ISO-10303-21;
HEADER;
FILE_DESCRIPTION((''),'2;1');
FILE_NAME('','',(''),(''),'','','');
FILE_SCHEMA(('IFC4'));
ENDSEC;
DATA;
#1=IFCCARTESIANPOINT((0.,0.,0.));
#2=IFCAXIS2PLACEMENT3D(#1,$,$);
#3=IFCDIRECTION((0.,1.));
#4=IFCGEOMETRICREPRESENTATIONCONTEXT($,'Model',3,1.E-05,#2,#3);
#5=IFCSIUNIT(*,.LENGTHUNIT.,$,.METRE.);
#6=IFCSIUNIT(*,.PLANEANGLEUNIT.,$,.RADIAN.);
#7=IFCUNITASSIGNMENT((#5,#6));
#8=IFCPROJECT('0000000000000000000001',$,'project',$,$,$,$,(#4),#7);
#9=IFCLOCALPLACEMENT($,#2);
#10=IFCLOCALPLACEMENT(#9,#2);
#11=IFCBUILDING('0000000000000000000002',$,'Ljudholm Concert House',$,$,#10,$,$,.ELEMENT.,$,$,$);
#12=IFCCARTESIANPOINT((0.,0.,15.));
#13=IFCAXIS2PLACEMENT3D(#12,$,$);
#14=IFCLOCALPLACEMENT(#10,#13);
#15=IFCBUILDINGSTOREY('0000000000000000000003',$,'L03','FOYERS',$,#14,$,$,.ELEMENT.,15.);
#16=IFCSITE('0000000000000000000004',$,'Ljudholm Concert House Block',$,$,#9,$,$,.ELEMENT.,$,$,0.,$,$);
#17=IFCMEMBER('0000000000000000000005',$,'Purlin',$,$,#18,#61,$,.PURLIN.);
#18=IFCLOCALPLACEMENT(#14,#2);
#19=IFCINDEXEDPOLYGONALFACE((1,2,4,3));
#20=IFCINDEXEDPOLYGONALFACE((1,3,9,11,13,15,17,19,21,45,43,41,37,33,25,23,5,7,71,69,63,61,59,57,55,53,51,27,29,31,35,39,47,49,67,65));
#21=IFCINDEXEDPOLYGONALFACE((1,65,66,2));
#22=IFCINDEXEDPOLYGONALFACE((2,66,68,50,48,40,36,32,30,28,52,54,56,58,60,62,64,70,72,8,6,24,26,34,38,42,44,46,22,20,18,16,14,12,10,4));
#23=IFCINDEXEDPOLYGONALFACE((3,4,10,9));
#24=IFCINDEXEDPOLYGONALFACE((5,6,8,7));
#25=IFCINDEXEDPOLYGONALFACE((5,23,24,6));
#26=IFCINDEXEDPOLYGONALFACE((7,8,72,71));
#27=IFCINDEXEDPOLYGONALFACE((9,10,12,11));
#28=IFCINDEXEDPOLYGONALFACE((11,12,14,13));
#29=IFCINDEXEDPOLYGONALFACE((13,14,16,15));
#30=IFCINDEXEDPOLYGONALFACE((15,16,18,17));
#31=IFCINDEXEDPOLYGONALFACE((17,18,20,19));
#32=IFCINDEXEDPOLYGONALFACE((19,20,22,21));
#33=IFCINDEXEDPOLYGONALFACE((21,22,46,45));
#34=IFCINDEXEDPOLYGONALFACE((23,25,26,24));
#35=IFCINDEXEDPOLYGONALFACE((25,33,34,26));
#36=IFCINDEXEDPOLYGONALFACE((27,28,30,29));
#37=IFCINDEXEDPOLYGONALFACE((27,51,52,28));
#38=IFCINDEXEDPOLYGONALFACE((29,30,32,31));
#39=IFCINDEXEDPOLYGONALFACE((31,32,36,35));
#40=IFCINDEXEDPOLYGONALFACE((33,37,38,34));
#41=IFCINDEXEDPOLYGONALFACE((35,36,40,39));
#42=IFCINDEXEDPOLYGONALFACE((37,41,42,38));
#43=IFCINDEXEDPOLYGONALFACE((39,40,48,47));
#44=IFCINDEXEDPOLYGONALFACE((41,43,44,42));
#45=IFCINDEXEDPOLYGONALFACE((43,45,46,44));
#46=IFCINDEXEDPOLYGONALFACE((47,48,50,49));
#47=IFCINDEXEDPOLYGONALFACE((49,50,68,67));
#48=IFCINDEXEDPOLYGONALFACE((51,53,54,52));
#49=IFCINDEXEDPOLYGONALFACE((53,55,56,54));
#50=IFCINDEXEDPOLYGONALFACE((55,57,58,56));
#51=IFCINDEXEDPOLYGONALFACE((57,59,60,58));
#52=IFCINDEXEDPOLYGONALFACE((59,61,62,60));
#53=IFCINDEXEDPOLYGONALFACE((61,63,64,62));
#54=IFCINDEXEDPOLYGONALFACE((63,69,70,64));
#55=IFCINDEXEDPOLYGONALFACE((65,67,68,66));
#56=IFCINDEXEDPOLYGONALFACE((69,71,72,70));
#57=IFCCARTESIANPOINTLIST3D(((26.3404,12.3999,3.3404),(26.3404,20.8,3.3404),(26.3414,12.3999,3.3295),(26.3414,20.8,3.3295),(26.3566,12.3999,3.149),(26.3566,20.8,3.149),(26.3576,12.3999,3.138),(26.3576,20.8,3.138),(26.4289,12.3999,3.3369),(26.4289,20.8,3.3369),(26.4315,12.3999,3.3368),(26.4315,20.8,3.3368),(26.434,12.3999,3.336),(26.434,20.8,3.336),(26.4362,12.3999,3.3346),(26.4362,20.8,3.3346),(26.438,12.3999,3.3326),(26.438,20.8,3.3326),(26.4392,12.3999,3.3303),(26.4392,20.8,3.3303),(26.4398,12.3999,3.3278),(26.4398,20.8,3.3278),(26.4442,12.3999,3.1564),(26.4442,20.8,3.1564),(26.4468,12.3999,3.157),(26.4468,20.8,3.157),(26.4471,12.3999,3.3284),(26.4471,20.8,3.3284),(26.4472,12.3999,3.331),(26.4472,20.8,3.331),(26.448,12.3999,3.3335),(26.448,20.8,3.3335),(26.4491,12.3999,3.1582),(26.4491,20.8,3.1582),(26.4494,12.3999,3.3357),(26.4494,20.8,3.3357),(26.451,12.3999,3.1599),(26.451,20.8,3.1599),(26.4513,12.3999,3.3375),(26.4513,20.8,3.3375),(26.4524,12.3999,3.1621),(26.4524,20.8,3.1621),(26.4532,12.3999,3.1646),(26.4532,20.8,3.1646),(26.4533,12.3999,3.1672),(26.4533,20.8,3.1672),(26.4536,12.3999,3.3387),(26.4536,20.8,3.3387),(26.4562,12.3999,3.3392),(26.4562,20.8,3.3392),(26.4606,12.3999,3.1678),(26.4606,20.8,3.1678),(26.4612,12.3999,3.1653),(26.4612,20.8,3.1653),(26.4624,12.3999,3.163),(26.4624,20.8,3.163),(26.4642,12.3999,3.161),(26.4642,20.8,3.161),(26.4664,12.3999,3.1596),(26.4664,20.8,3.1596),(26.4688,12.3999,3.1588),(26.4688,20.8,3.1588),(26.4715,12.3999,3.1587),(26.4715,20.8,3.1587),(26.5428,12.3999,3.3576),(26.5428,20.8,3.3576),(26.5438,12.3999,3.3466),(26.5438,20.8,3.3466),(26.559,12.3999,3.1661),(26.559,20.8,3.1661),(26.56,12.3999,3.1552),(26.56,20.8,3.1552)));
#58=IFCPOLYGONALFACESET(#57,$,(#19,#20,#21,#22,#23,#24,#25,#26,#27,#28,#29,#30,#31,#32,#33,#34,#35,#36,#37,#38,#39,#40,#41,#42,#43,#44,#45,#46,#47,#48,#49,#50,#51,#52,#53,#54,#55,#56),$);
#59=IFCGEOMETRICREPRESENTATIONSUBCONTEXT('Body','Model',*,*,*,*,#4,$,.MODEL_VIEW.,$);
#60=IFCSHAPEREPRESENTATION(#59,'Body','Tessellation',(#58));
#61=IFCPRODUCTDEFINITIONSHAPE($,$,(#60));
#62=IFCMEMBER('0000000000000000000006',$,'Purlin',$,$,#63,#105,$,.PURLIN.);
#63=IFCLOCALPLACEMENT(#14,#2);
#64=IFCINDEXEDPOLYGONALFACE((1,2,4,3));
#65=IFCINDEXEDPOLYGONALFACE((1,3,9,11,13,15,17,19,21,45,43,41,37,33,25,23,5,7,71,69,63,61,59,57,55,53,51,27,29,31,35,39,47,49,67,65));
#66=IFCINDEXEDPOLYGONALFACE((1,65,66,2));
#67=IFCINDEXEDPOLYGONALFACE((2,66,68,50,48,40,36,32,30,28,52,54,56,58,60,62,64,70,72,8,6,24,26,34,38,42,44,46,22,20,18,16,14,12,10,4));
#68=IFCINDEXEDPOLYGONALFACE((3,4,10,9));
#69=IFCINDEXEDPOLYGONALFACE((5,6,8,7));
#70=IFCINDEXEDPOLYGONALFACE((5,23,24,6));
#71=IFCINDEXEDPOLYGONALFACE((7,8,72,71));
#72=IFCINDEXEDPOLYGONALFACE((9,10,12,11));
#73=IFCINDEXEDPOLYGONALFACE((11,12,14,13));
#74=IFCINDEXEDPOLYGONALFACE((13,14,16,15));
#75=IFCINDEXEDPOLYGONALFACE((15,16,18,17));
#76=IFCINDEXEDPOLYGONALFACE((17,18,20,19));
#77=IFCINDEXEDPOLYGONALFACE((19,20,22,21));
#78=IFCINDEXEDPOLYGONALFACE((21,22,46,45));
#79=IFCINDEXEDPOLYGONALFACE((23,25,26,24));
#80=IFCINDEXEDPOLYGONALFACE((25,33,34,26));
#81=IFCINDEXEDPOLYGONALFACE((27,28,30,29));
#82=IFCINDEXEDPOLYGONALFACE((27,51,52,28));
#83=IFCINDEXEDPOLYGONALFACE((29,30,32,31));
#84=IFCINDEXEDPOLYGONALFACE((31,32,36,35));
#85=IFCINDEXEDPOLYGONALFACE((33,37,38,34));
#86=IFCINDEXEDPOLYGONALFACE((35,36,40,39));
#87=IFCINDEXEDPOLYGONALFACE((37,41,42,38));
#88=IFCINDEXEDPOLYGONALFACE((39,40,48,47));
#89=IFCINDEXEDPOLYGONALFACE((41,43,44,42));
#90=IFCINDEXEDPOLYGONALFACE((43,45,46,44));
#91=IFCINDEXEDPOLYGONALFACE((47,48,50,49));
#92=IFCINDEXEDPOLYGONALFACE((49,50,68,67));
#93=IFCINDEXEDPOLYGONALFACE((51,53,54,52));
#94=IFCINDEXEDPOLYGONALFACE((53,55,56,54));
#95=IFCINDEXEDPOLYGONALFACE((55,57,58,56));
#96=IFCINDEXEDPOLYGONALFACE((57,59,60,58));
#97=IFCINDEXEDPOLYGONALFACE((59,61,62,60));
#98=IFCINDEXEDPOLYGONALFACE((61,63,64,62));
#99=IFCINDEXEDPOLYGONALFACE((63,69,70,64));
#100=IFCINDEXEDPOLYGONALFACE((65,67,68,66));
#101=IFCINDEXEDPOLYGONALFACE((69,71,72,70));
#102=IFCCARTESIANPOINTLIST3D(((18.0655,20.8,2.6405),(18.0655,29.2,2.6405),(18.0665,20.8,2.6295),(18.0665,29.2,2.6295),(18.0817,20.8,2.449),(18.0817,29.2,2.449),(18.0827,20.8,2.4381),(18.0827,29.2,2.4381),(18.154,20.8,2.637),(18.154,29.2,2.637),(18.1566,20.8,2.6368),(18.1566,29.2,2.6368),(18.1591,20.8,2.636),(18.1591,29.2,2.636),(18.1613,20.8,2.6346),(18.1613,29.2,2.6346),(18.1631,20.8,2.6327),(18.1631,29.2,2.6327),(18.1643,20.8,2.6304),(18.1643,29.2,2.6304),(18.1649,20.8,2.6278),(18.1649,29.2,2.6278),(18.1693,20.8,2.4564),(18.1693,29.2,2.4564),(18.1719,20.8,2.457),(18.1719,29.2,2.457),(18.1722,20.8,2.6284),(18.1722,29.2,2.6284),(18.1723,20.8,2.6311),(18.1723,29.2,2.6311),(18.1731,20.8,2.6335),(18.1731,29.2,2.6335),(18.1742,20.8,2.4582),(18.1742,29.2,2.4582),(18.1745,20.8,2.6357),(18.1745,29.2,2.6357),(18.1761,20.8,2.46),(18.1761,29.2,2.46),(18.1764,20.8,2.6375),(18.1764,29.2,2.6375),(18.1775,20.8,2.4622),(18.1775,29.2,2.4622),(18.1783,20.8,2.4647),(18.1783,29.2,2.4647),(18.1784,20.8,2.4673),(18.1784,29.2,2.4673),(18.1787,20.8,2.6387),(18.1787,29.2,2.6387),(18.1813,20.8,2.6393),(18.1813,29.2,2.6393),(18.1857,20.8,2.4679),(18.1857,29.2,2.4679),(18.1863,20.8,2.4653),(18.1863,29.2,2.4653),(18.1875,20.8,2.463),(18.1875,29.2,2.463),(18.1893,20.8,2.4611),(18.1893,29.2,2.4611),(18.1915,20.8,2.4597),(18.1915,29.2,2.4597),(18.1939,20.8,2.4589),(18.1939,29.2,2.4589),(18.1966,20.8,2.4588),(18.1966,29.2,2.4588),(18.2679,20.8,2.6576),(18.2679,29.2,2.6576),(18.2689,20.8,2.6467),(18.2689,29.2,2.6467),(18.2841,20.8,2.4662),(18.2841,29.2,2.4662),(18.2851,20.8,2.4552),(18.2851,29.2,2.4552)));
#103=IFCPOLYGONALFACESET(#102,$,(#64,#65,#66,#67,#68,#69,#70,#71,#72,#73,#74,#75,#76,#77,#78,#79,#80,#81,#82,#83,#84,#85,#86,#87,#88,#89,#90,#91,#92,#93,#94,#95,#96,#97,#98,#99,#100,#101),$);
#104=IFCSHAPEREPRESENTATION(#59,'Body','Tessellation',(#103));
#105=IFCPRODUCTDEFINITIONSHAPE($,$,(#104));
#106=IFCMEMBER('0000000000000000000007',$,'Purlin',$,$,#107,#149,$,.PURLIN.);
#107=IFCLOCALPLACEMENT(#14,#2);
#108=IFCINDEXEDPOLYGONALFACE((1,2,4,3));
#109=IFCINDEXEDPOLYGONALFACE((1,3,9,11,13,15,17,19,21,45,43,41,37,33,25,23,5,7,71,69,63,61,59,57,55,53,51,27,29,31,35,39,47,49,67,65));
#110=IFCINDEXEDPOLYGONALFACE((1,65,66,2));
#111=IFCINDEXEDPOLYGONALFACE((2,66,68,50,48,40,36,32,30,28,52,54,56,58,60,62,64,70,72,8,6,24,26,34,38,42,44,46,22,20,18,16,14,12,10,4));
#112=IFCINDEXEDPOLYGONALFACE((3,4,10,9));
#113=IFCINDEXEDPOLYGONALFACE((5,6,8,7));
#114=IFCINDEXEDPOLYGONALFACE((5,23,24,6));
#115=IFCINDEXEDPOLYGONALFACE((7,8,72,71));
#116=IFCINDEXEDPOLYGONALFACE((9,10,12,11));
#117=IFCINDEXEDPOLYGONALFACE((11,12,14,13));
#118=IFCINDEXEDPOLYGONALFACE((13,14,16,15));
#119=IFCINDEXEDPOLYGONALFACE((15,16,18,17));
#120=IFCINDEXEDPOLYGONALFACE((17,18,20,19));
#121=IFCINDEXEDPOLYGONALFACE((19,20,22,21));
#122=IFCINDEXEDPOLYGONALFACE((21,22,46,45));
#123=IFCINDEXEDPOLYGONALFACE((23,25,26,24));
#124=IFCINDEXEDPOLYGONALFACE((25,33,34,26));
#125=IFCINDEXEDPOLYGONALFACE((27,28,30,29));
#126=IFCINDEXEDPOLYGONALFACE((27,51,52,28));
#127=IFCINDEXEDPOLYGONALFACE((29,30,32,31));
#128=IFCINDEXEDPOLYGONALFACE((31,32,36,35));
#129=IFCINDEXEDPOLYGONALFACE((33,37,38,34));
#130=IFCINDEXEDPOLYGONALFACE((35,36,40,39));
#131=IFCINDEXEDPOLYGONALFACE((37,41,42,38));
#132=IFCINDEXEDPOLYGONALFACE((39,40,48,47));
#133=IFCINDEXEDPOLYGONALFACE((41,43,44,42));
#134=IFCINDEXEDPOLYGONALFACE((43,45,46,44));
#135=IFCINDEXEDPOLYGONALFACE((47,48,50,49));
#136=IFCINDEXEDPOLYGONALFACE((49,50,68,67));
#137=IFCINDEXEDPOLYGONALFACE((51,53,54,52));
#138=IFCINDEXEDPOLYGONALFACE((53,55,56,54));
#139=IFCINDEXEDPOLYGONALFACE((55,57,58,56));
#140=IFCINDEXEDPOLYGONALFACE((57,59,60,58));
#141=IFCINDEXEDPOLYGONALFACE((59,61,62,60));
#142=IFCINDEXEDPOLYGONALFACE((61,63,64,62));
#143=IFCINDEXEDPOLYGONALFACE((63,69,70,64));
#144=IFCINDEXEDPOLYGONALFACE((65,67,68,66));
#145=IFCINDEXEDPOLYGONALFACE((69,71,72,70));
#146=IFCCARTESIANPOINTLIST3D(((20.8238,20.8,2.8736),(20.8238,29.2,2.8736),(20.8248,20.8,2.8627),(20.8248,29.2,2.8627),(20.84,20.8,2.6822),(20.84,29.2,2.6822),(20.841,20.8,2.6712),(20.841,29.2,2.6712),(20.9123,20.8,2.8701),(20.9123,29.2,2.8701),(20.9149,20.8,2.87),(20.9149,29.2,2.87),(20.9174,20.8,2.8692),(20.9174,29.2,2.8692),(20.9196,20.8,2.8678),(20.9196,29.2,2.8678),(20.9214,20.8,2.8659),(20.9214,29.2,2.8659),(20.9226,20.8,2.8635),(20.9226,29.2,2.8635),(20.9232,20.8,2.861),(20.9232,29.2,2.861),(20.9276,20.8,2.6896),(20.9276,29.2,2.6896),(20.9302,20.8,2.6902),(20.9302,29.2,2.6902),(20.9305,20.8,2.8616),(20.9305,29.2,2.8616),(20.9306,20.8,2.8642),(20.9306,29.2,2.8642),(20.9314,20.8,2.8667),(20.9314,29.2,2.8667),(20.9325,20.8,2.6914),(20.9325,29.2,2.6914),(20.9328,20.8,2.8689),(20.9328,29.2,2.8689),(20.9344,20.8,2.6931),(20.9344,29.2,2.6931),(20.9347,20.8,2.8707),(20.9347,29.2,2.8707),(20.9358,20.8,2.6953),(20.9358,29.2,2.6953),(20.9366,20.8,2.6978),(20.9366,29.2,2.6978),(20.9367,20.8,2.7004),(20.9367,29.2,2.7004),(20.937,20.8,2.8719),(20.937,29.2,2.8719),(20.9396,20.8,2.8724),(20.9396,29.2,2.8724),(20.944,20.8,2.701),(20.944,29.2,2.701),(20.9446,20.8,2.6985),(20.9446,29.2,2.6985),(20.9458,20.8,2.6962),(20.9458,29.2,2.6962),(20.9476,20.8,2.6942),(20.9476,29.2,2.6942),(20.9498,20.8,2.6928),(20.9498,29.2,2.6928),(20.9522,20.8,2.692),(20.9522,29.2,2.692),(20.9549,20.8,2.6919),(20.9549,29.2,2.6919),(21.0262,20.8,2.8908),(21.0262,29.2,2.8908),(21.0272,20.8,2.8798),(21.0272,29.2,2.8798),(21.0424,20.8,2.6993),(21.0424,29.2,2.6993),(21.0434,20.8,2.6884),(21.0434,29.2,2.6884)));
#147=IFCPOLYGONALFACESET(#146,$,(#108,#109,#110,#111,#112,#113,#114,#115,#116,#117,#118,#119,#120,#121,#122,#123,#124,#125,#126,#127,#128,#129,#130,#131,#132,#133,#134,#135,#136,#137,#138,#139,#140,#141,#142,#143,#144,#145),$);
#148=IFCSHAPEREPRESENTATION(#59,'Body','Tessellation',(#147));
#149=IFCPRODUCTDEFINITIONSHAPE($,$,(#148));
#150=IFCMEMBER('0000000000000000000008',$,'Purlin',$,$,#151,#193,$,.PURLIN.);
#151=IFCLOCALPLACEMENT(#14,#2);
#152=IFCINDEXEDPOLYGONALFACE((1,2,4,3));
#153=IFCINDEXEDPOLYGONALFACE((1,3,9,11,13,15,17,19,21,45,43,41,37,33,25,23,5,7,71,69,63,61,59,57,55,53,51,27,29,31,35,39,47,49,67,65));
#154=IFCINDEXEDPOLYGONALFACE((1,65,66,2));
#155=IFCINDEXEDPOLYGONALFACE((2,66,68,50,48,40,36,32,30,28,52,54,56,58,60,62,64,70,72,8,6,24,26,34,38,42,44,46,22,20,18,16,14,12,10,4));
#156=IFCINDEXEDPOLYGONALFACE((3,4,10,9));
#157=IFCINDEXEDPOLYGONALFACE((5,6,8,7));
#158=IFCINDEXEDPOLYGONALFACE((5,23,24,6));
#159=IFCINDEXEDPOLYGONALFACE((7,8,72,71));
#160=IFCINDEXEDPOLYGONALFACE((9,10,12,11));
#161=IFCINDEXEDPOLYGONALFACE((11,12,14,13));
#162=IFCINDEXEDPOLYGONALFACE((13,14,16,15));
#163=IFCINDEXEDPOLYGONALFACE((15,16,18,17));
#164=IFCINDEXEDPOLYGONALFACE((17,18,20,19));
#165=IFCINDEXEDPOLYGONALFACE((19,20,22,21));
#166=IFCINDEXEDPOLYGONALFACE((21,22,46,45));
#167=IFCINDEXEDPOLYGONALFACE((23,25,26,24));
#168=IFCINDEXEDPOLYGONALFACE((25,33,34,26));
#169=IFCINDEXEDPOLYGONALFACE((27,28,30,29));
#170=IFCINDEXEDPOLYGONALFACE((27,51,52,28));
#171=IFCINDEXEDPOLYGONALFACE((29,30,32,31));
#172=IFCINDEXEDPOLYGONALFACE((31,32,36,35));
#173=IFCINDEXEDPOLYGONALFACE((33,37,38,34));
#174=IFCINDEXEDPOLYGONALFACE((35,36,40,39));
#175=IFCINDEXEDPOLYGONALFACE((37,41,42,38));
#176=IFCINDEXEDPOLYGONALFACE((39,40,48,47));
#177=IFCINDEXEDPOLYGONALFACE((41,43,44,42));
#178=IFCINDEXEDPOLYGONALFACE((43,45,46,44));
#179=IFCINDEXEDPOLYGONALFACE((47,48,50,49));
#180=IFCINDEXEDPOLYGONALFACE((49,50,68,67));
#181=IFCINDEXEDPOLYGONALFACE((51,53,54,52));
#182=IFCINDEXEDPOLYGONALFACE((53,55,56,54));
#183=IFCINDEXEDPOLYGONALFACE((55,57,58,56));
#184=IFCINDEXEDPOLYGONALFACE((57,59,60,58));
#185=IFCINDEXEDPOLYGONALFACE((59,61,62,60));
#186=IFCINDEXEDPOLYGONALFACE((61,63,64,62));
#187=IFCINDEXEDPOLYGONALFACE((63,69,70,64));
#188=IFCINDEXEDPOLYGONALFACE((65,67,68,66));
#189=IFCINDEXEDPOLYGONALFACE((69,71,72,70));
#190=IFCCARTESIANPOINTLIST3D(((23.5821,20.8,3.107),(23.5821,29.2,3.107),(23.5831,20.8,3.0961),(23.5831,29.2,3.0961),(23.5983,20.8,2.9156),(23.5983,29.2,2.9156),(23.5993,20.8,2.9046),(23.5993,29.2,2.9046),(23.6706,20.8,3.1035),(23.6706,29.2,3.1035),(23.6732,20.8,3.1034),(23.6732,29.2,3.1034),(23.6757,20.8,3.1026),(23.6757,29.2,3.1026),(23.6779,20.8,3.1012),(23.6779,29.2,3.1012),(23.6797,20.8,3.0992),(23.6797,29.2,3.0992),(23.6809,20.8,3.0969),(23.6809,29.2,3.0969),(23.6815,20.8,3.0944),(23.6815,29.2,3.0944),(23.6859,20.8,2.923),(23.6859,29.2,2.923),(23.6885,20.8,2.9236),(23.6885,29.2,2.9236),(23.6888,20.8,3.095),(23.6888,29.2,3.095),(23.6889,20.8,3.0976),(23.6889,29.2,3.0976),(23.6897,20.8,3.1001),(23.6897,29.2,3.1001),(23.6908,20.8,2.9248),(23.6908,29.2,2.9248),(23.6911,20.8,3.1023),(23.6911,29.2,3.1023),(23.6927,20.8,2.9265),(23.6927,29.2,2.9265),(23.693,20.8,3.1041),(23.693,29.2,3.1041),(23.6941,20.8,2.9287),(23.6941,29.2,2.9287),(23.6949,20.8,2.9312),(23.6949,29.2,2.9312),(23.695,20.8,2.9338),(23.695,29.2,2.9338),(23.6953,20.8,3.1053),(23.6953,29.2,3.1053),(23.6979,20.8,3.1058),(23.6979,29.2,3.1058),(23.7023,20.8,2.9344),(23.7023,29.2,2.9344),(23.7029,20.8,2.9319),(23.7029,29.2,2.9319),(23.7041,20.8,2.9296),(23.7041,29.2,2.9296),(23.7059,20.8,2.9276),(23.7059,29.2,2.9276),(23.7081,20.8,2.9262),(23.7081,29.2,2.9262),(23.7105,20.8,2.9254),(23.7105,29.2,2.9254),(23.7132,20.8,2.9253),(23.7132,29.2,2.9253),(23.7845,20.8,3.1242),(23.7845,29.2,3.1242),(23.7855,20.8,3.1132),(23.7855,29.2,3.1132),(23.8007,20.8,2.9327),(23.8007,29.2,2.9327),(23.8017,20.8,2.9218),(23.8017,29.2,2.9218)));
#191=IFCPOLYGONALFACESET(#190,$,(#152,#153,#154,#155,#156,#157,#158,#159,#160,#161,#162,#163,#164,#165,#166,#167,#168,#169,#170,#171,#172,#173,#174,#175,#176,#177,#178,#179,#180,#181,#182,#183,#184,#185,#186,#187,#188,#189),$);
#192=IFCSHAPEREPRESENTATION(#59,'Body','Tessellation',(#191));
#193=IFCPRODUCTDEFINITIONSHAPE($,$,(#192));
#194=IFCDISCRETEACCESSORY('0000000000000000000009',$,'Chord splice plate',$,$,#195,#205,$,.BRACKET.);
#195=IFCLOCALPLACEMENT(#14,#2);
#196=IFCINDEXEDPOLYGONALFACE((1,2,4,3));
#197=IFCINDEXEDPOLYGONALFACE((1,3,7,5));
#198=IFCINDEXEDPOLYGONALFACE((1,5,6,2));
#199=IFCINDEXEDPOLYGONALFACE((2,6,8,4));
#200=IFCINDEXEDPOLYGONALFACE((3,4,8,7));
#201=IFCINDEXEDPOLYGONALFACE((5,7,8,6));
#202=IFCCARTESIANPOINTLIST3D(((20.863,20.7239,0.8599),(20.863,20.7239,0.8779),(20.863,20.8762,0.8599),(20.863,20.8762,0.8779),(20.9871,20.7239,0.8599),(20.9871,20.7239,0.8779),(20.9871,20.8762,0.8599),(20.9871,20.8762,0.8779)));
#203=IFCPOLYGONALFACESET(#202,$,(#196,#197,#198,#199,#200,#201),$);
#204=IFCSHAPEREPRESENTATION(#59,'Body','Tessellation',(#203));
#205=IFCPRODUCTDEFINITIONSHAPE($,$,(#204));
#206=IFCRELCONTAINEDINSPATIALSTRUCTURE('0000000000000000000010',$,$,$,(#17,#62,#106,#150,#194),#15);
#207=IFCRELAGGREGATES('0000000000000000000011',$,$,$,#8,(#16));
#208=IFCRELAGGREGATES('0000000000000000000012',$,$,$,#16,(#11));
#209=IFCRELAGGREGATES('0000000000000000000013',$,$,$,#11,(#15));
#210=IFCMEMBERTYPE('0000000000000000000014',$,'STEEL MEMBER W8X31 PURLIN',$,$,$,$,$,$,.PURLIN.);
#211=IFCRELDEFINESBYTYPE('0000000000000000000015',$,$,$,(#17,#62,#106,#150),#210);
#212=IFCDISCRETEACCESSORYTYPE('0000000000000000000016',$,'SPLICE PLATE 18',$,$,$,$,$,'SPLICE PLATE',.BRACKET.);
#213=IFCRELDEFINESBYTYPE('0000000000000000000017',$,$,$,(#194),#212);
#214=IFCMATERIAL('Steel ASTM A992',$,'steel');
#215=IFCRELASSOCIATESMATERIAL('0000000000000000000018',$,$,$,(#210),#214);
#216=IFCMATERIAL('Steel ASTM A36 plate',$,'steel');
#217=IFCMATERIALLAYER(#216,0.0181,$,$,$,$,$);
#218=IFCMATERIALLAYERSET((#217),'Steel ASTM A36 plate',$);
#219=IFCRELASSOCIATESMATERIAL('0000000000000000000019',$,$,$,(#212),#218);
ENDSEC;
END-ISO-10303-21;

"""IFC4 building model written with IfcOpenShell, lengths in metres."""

from ifc_helpers import new_model, si_unit, direction, frame, origin, origin_2d, place, context, subcontext, project, spatial, rectangle, i_section, extrude, material, layer, layer_set, material_profile, profile_set, type_object, element, save


model = new_model("IFC4")

# Units and contexts
model_context = context("Model", 3, precision=1e-05, world=origin(), true_north=direction((0.0, 1.0)))
body_context = subcontext(model_context, "Body", "Model", "MODEL_VIEW")
ifc_project = project(units=[si_unit("LENGTHUNIT", "METRE"), si_unit("PLANEANGLEUNIT", "RADIAN")], contexts=[model_context])

# Site, building, storey
site_placement = place(None, origin())
site = spatial("IfcSite", under=ifc_project, at=site_placement, Name="Ljudholm Concert House Block", CompositionType="ELEMENT", RefElevation=0.0)
building_placement = place(site_placement, origin())
building = spatial("IfcBuilding", under=site, at=building_placement, Name="Ljudholm Concert House", CompositionType="ELEMENT")
storey_placement = place(building_placement, frame((0.0, 0.0, 15.0)))
storey = spatial("IfcBuildingStorey", under=building, at=storey_placement, Name="L03", Description="FOYERS", CompositionType="ELEMENT", Elevation=15.0)

# Members
ifc_material_1 = material(Name="Steel ASTM A992", Category="steel")
ifc_material_profile_1 = material_profile(ifc_material_1, i_section(OverallWidth=0.2031, OverallDepth=0.2031, WebThickness=0.0073, FlangeThickness=0.011, FilletRadius=0.01, at=origin_2d()), Name="W8X31")
ifc_profile_set_1 = profile_set([ifc_material_profile_1], Name="Steel ASTM A992")
member_type_1 = type_object("IfcMemberType", Name="STEEL MEMBER W8X31 PURLIN", PredefinedType="PURLIN", material=ifc_profile_set_1)
for number, where, z_axis, x_axis, name in (
    (1, (26.4502, 12.3999, 3.2478), (0.0, 1.0, 0.0), (-0.996441, 0.0, -0.084291), "Purlin"),
):
    element("IfcMember", number, at=place(storey_placement, frame(where, z_axis=z_axis, x_axis=x_axis)), inside=storey, type_object=member_type_1, Name=name, PredefinedType="PURLIN", context=body_context, shape_type="SweptSolid", body=[
        extrude(i_section(OverallWidth=0.2031, OverallDepth=0.2031, WebThickness=0.0073, FlangeThickness=0.011, FilletRadius=0.01, at=origin_2d()), origin(), (0.0, 0.0, 1.0), 8.4001),
    ])
for number, where, z_axis, x_axis, name in (
    (2, (18.1753, 20.8, 2.5479), (0.0, 1.0, 0.0), (-0.996441, 0.0, -0.084291), "Purlin"),
    (3, (20.9336, 20.8, 2.781), (0.0, 1.0, 0.0), (-0.996441, 0.0, -0.084291), "Purlin"),
    (4, (23.6919, 20.8, 3.0144), (0.0, 1.0, 0.0), (-0.996441, 0.0, -0.084291), "Purlin"),
):
    element("IfcMember", number, at=place(storey_placement, frame(where, z_axis=z_axis, x_axis=x_axis)), inside=storey, type_object=member_type_1, Name=name, PredefinedType="PURLIN", context=body_context, shape_type="SweptSolid", body=[
        extrude(i_section(OverallWidth=0.2031, OverallDepth=0.2031, WebThickness=0.0073, FlangeThickness=0.011, FilletRadius=0.01, at=origin_2d()), origin(), (0.0, 0.0, 1.0), 8.3999),
    ])

# Discrete accessory
ifc_material_2 = material(Name="Steel ASTM A36 plate", Category="steel")
ifc_layer = layer(ifc_material_2, 0.0181)
ifc_layer_set = layer_set([ifc_layer], Name="Steel ASTM A36 plate")
discrete_accessory_type = type_object("IfcDiscreteAccessoryType", Name="SPLICE PLATE 18", ElementType="SPLICE PLATE", PredefinedType="BRACKET", material=ifc_layer_set)
for number, where, z_axis, x_axis, name in (
    (5, (20.925, 20.8, 0.8599), (0.0, 0.0, 1.0), (1.0, 0.0, 0.0), "Chord splice plate"),
):
    element("IfcDiscreteAccessory", number, at=place(storey_placement, frame(where, z_axis=z_axis, x_axis=x_axis)), inside=storey, type_object=discrete_accessory_type, Name=name, PredefinedType="BRACKET", context=body_context, shape_type="SweptSolid", body=[
        extrude(rectangle(XDim=0.124, YDim=0.1523, at=origin_2d()), origin(), (0.0, 0.0, 1.0), 0.0181),
    ])

save(model, "model.ifc")
